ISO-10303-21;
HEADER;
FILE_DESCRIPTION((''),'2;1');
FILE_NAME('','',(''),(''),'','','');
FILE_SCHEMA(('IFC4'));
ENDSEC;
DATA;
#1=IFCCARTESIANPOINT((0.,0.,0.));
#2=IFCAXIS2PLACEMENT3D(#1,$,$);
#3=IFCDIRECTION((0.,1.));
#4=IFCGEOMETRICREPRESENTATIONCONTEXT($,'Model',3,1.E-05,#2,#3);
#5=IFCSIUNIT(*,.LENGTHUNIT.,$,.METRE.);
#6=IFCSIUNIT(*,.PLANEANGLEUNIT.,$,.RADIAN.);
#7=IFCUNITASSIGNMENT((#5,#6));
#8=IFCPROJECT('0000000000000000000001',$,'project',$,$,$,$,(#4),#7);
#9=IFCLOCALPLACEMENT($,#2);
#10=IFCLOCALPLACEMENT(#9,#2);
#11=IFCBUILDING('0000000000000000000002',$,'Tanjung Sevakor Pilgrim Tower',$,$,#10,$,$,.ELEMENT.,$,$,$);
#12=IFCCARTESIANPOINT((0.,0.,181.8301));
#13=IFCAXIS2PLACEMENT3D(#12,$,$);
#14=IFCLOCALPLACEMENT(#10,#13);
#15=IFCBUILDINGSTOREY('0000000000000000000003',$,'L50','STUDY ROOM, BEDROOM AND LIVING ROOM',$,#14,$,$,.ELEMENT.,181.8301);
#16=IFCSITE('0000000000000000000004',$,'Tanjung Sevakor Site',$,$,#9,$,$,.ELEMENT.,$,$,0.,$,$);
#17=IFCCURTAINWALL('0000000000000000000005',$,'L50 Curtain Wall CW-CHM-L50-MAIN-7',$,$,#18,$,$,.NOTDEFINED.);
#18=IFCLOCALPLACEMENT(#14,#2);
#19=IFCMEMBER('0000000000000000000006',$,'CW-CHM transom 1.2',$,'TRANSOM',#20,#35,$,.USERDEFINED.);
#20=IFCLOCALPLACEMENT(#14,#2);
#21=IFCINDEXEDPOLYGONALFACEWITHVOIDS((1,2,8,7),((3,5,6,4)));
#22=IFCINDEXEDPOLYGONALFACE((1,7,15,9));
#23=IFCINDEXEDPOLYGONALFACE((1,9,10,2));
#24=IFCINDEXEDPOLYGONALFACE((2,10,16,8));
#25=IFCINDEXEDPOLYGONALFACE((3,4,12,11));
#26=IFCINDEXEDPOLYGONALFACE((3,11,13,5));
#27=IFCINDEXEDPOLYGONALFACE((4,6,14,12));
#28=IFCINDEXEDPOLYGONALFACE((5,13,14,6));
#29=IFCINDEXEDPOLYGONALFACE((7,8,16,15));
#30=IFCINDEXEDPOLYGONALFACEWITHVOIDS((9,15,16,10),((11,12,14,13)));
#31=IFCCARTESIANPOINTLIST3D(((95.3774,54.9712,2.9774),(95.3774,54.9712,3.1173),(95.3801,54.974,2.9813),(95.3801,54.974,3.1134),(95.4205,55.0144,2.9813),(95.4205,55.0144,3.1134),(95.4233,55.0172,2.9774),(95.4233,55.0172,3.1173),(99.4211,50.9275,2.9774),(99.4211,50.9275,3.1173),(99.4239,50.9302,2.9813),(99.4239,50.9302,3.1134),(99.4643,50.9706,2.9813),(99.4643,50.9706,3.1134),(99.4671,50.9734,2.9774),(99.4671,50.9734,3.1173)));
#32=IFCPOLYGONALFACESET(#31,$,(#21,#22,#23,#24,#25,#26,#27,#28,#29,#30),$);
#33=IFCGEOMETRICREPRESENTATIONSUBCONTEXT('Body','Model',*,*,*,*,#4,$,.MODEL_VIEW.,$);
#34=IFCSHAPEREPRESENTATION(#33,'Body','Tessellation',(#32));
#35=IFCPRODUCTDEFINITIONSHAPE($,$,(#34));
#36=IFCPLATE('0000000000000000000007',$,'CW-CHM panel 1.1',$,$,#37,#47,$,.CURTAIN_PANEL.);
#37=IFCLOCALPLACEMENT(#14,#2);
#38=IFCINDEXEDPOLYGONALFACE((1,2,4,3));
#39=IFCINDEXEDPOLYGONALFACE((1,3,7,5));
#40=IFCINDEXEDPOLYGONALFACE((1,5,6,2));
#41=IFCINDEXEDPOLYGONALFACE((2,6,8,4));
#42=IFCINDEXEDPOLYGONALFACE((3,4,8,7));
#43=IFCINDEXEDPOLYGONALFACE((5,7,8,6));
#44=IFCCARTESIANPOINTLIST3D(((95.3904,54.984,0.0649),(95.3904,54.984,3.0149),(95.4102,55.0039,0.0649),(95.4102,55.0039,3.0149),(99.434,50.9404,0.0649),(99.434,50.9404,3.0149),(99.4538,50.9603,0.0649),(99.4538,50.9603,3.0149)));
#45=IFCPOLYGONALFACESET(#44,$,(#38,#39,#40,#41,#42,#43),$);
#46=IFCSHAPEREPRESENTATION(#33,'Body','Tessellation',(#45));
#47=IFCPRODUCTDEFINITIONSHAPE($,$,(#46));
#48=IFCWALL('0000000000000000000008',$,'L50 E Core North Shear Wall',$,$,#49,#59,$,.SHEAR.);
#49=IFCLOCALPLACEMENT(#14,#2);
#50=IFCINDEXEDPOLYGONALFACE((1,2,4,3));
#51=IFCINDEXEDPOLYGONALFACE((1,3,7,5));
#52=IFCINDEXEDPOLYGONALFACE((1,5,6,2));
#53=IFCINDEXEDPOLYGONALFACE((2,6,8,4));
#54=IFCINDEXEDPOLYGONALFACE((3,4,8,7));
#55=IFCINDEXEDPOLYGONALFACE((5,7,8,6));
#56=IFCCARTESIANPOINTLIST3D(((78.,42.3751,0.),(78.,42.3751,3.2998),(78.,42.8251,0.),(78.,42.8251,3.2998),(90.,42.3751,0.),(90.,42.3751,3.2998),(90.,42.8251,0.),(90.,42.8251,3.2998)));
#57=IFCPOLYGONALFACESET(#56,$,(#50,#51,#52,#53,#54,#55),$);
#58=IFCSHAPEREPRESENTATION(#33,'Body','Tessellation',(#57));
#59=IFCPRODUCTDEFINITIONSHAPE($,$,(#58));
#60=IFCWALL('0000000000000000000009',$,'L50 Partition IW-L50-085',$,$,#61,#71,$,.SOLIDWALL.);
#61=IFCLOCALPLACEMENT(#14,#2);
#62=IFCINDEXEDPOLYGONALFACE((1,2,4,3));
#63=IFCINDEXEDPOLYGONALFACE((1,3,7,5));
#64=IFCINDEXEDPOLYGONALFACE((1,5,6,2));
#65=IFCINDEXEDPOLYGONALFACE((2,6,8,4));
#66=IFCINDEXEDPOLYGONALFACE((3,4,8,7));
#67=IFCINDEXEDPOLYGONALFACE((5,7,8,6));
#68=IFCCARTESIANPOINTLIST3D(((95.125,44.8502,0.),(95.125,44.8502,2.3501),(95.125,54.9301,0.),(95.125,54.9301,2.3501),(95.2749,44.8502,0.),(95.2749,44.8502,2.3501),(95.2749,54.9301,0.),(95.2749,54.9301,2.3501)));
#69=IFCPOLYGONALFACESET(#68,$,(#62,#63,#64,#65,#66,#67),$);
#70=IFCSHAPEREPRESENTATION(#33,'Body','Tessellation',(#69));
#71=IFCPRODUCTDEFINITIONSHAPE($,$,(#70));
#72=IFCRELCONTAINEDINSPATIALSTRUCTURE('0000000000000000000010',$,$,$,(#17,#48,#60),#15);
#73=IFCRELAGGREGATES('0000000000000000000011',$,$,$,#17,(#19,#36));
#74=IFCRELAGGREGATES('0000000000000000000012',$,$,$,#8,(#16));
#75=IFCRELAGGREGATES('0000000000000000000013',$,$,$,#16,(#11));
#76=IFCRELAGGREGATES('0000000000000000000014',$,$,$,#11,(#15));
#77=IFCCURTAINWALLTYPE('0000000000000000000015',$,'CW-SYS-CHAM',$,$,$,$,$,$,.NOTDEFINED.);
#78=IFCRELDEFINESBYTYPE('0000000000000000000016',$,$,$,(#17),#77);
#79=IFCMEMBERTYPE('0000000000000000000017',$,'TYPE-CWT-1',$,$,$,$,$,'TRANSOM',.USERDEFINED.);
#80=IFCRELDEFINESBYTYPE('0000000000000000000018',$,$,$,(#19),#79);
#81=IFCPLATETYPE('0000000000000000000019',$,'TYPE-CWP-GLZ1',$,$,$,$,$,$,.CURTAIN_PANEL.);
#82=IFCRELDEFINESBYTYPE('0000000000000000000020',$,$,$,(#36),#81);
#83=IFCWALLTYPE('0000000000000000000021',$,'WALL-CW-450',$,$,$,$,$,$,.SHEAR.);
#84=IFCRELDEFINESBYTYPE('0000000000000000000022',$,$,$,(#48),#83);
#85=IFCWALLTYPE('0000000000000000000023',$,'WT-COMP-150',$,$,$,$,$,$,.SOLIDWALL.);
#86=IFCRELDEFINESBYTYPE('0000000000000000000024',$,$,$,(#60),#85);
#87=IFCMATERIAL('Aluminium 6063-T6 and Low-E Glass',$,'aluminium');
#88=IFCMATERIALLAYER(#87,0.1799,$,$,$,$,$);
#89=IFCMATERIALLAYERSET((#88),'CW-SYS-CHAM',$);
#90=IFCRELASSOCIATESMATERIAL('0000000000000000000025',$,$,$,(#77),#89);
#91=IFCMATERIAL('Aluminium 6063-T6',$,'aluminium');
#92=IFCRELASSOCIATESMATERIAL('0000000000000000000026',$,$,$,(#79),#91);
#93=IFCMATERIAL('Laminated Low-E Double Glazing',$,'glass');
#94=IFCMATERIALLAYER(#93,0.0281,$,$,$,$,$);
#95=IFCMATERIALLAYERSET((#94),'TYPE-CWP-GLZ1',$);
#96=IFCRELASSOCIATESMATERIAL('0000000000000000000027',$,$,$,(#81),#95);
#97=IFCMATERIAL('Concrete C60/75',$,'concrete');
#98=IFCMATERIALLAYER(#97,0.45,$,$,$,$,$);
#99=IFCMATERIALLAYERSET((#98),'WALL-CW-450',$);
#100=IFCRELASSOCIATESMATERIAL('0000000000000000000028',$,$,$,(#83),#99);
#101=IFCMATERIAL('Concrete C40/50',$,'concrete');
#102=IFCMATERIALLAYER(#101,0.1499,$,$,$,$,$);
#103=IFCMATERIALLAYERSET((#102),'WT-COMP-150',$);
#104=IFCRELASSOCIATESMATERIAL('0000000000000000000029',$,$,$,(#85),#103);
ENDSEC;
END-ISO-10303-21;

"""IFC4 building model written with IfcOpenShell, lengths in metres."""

from ifc_helpers import new_model, si_unit, direction, frame, frame_2d, origin, origin_2d, place, context, subcontext, project, spatial, rectangle, hollow_rectangle, extrude, material, layer, layer_set, material_profile, profile_set, type_object, element, aggregate, save


model = new_model("IFC4")

# Units and contexts
model_context = context("Model", 3, precision=1e-05, world=origin(), true_north=direction((0.0, 1.0)))
body_context = subcontext(model_context, "Body", "Model", "MODEL_VIEW")
ifc_project = project(units=[si_unit("LENGTHUNIT", "METRE"), si_unit("PLANEANGLEUNIT", "RADIAN")], contexts=[model_context])

# Site, building, storey
site_placement = place(None, origin())
site = spatial("IfcSite", under=ifc_project, at=site_placement, Name="Tanjung Sevakor Site", CompositionType="ELEMENT", RefElevation=0.0)
building_placement = place(site_placement, origin())
building = spatial("IfcBuilding", under=site, at=building_placement, Name="Tanjung Sevakor Pilgrim Tower", CompositionType="ELEMENT")
storey_placement = place(building_placement, frame((0.0, 0.0, 181.8301)))
storey = spatial("IfcBuildingStorey", under=building, at=storey_placement, Name="L50", Description="STUDY ROOM, BEDROOM AND LIVING ROOM", CompositionType="ELEMENT", Elevation=181.8301)

# Curtain wall, member, plate
ifc_material_1 = material(Name="Aluminium 6063-T6 and Low-E Glass", Category="aluminium")
ifc_layer_1 = layer(ifc_material_1, 0.1799)
ifc_layer_set_1 = layer_set([ifc_layer_1], Name="CW-SYS-CHAM")
curtain_wall_type = type_object("IfcCurtainWallType", Name="CW-SYS-CHAM", PredefinedType="NOTDEFINED", material=ifc_layer_set_1)
curtain_wall_placement = place(storey_placement, origin())
curtain_wall = element("IfcCurtainWall", 1, at=curtain_wall_placement, inside=storey, type_object=curtain_wall_type, Name="L50 Curtain Wall CW-CHM-L50-MAIN-7", PredefinedType="NOTDEFINED")
ifc_material_2 = material(Name="Aluminium 6063-T6", Category="aluminium")
ifc_material_profile_1 = material_profile(ifc_material_2, hollow_rectangle(XDim=0.0649, YDim=0.1399, WallThickness=0.0039, at=origin_2d()))
ifc_profile_set_1 = profile_set([ifc_material_profile_1], Name="Aluminium 6063-T6")
member_type_1 = type_object("IfcMemberType", Name="TYPE-CWT-1", ElementType="TRANSOM", PredefinedType="USERDEFINED", material=ifc_profile_set_1)
member_1_placement = place(storey_placement, frame((99.4441, 50.9504, 3.0474), z_axis=(-0.707107, 0.707107, 0.0), x_axis=(-0.707107, -0.707107, 0.0)))
member_1 = element("IfcMember", 2, at=member_1_placement, type_object=member_type_1, Name="CW-CHM transom 1.2", ObjectType="TRANSOM", PredefinedType="USERDEFINED", context=body_context, shape_type="SweptSolid", body=[
    extrude(hollow_rectangle(XDim=0.0649, YDim=0.1399, WallThickness=0.0039, at=origin_2d()), origin(), (0.0, 0.0, 1.0), 5.7188),
])
ifc_material_3 = material(Name="Laminated Low-E Double Glazing", Category="glass")
ifc_layer_2 = layer(ifc_material_3, 0.0281)
ifc_layer_set_2 = layer_set([ifc_layer_2], Name="TYPE-CWP-GLZ1")
plate_type = type_object("IfcPlateType", Name="TYPE-CWP-GLZ1", PredefinedType="CURTAIN_PANEL", material=ifc_layer_set_2)
plate_placement = place(storey_placement, frame((97.4221, 52.9722, 0.0649), z_axis=(0.0, 0.0, 1.0), x_axis=(-0.707107, 0.707107, 0.0)))
plate = element("IfcPlate", 3, at=plate_placement, type_object=plate_type, Name="CW-CHM panel 1.1", PredefinedType="CURTAIN_PANEL", context=body_context, shape_type="SweptSolid", body=[
    extrude(rectangle(XDim=5.7185, YDim=0.0281, at=origin_2d()), origin(), (0.0, 0.0, 1.0), 2.95),
])
aggregate(curtain_wall, [member_1, plate])

# Walls
ifc_material_4 = material(Name="Concrete C60/75", Category="concrete")
ifc_layer_3 = layer(ifc_material_4, 0.45)
ifc_layer_set_3 = layer_set([ifc_layer_3], Name="WALL-CW-450")
wall_type_1 = type_object("IfcWallType", Name="WALL-CW-450", PredefinedType="SHEAR", material=ifc_layer_set_3)
wall_1_placement = place(storey_placement, frame((90.0, 42.6001, 0.0), z_axis=(0.0, 0.0, 1.0), x_axis=(-1.0, 0.0, 0.0)))
element("IfcWall", 4, at=wall_1_placement, inside=storey, type_object=wall_type_1, Name="L50 E Core North Shear Wall", PredefinedType="SHEAR", context=body_context, shape_type="SweptSolid", body=[
    extrude(rectangle(XDim=12.0, YDim=0.45, at=frame_2d((6.0, 0.0))), origin(), (0.0, 0.0, 1.0), 3.2998),
])
ifc_material_5 = material(Name="Concrete C40/50", Category="concrete")
ifc_layer_4 = layer(ifc_material_5, 0.1499)
ifc_layer_set_4 = layer_set([ifc_layer_4], Name="WT-COMP-150")
wall_type_2 = type_object("IfcWallType", Name="WT-COMP-150", PredefinedType="SOLIDWALL", material=ifc_layer_set_4)
wall_2_placement = place(storey_placement, frame((95.2, 44.8501, 0.0), z_axis=(0.0, 0.0, 1.0), x_axis=(0.0, 1.0, 0.0)))
element("IfcWall", 5, at=wall_2_placement, inside=storey, type_object=wall_type_2, Name="L50 Partition IW-L50-085", PredefinedType="SOLIDWALL", context=body_context, shape_type="SweptSolid", body=[
    extrude(rectangle(XDim=10.0798, YDim=0.1499, at=frame_2d((5.04, 0.0))), origin(), (0.0, 0.0, 1.0), 2.3501),
])

save(model, "model.ifc")
